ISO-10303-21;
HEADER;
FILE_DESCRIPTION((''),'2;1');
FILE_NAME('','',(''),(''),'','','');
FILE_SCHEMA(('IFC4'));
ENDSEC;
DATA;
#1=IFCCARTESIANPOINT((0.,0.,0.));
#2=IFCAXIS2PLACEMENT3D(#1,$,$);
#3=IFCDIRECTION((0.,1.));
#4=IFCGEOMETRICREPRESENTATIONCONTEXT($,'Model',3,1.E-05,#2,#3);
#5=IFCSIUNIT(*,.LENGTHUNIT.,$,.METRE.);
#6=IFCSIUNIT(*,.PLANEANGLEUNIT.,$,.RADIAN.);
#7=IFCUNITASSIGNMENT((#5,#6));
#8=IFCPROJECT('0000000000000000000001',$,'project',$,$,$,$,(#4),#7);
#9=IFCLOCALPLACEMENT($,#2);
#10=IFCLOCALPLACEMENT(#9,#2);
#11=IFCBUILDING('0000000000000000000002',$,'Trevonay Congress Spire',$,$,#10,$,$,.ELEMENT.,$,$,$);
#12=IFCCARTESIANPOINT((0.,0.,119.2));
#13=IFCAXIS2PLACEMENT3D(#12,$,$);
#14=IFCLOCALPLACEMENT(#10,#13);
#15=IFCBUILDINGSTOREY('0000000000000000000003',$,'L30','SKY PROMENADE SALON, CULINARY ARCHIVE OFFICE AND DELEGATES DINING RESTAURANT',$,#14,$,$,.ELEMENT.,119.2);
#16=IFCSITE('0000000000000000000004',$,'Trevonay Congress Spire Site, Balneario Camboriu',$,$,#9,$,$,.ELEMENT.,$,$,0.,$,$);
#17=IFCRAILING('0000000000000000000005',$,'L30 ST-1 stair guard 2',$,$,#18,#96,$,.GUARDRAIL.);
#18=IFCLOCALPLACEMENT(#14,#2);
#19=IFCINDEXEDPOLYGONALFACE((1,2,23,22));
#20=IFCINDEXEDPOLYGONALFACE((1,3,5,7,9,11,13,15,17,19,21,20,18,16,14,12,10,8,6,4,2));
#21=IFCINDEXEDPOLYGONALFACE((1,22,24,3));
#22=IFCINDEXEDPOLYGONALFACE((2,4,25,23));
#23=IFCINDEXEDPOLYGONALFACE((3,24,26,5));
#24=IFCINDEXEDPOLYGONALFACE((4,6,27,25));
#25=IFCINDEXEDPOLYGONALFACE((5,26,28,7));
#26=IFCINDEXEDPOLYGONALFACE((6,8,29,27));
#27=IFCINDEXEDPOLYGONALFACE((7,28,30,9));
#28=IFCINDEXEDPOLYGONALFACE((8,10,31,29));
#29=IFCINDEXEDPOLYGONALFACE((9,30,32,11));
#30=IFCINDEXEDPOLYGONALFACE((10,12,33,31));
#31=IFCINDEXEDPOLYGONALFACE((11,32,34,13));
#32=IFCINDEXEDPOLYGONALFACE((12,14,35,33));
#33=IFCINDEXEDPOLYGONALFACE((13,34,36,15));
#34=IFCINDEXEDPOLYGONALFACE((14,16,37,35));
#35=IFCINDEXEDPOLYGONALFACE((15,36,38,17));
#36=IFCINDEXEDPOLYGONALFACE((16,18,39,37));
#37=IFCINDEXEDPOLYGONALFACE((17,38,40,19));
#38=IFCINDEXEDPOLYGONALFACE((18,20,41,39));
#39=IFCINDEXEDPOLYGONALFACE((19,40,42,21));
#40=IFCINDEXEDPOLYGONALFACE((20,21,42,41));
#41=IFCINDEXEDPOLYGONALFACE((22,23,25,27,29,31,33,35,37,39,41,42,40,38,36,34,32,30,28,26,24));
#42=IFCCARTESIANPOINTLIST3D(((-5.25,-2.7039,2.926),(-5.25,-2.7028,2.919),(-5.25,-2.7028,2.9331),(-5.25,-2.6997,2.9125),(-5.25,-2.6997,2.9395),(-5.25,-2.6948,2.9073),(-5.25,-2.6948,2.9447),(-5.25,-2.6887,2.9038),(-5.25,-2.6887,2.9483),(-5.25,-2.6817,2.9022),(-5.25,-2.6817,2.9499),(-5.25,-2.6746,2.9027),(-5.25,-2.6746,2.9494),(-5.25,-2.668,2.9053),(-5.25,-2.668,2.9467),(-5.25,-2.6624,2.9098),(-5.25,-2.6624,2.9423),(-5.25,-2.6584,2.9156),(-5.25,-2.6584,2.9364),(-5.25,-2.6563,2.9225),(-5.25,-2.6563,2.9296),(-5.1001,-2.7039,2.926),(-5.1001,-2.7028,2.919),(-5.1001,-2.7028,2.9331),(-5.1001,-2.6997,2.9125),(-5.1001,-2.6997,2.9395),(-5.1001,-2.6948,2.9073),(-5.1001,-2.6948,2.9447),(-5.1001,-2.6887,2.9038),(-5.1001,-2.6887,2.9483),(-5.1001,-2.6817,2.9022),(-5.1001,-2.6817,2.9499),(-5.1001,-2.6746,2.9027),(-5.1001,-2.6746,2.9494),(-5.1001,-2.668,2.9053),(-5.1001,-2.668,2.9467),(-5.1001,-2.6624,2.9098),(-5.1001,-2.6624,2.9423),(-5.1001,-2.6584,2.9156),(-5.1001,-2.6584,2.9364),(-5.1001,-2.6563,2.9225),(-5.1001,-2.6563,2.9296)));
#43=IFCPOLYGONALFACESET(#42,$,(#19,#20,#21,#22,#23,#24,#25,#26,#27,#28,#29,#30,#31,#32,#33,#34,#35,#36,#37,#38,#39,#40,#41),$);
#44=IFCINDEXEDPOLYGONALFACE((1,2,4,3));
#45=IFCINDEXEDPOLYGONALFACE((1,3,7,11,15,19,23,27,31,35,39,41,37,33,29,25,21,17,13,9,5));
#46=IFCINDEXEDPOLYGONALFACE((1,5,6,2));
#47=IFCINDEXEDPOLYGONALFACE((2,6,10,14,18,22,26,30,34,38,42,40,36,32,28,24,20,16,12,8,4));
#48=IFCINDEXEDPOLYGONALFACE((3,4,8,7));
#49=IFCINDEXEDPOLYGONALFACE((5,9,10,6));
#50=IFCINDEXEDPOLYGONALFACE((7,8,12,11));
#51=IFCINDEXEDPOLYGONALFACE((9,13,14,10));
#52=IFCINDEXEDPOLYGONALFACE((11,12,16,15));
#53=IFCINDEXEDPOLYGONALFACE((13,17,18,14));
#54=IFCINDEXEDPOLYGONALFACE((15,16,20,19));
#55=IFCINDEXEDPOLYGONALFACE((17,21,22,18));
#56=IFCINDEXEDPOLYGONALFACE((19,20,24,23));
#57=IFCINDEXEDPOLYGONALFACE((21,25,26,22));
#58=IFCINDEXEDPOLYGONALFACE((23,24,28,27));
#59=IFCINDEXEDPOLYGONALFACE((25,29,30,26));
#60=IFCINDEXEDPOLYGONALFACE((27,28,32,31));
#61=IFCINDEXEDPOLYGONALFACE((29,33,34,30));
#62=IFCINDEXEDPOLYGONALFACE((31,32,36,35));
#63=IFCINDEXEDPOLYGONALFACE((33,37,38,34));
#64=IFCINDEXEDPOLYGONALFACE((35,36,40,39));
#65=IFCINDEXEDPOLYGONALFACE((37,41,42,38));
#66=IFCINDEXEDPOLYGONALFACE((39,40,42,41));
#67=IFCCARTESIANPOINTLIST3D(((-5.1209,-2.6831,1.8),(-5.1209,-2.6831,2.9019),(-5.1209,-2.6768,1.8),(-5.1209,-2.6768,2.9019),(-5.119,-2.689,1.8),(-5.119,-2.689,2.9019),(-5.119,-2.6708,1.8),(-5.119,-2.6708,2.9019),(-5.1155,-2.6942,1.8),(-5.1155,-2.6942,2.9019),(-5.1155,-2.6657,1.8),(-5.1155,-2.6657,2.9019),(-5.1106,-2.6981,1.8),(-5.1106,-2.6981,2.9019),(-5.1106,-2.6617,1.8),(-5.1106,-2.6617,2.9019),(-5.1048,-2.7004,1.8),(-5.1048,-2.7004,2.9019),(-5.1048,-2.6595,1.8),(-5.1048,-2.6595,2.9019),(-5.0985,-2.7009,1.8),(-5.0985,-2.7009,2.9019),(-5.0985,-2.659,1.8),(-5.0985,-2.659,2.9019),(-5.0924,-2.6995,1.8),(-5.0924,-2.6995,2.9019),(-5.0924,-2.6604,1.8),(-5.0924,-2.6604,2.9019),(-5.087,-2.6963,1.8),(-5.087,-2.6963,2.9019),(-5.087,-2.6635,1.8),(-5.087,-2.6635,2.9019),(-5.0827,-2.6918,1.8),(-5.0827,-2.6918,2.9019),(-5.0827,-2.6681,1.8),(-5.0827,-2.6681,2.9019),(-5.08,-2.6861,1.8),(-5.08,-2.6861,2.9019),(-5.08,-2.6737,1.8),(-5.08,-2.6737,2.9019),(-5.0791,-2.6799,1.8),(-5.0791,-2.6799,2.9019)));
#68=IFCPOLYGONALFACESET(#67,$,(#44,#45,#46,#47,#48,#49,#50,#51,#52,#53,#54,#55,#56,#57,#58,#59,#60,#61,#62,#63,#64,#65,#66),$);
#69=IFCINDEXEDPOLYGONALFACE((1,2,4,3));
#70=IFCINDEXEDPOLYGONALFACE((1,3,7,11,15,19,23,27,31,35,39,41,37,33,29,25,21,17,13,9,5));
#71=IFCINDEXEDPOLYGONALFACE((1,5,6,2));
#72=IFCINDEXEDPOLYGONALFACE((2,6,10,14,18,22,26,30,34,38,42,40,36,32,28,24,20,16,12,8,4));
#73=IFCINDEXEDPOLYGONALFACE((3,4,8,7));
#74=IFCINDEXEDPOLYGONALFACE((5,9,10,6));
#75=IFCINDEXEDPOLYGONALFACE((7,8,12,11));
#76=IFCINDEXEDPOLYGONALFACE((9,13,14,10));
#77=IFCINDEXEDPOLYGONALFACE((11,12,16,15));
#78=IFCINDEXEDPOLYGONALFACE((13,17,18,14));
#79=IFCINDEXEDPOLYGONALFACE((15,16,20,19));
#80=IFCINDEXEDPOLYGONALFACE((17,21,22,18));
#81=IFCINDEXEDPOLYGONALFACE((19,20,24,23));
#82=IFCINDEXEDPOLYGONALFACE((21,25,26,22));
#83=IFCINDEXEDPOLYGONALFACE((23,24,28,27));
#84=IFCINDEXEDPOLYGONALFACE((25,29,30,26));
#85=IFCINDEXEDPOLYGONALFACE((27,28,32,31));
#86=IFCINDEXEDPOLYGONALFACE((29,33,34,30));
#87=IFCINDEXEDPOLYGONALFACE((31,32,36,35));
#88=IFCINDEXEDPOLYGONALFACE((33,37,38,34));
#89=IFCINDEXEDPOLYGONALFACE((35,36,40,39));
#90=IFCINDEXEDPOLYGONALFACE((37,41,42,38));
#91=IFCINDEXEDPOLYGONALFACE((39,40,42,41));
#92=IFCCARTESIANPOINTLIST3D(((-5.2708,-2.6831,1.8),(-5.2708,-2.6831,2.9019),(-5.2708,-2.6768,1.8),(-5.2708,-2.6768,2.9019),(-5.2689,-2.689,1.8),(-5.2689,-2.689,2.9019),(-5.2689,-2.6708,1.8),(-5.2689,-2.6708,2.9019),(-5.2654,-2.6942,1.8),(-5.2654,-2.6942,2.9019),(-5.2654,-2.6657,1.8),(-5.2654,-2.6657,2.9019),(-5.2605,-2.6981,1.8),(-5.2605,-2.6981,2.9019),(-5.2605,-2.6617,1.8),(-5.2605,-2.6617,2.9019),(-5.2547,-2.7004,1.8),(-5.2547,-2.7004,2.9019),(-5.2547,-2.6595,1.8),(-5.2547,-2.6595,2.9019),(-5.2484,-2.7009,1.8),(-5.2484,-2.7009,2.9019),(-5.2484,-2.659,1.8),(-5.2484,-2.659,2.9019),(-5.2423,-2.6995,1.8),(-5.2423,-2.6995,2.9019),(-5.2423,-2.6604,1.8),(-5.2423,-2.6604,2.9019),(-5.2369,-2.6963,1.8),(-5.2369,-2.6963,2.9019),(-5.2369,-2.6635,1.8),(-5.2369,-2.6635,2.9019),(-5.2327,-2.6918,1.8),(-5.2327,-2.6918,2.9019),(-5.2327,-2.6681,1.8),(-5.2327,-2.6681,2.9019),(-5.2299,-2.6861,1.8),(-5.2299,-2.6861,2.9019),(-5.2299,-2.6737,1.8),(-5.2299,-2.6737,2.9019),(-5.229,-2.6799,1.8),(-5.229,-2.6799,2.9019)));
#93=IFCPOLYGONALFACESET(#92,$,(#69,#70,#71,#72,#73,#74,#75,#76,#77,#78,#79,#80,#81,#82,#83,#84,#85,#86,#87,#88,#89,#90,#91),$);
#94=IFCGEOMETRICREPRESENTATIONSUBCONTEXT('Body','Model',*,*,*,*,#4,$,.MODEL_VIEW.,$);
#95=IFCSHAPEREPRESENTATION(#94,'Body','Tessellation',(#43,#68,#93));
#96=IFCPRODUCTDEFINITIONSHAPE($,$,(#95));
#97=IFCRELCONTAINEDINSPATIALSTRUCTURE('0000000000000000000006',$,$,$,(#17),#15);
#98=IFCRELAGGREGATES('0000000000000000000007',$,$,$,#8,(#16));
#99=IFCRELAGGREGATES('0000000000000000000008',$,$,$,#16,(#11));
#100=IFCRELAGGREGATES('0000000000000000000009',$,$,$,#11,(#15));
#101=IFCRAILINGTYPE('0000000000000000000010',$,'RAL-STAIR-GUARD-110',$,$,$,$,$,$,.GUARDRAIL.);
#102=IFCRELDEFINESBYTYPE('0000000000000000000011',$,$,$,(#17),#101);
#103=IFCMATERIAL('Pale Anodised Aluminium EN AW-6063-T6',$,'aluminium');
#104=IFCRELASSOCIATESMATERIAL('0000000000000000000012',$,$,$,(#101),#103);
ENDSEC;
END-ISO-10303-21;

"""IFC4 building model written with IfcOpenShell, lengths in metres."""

from ifc_helpers import new_model, si_unit, direction, frame, origin, origin_2d, place, context, subcontext, project, spatial, circle, extrude, material, type_object, element, save


model = new_model("IFC4")

# Units and contexts
model_context = context("Model", 3, precision=1e-05, world=origin(), true_north=direction((0.0, 1.0)))
body_context = subcontext(model_context, "Body", "Model", "MODEL_VIEW")
ifc_project = project(units=[si_unit("LENGTHUNIT", "METRE"), si_unit("PLANEANGLEUNIT", "RADIAN")], contexts=[model_context])

# Site, building, storey
site_placement = place(None, origin())
site = spatial("IfcSite", under=ifc_project, at=site_placement, Name="Trevonay Congress Spire Site, Balneario Camboriu", CompositionType="ELEMENT", RefElevation=0.0)
building_placement = place(site_placement, origin())
building = spatial("IfcBuilding", under=site, at=building_placement, Name="Trevonay Congress Spire", CompositionType="ELEMENT")
storey_placement = place(building_placement, frame((0.0, 0.0, 119.2)))
storey = spatial("IfcBuildingStorey", under=building, at=storey_placement, Name="L30", Description="SKY PROMENADE SALON, CULINARY ARCHIVE OFFICE AND DELEGATES DINING RESTAURANT", CompositionType="ELEMENT", Elevation=119.2)

# Shared definitions
ifc_material_1 = material(Name="Pale Anodised Aluminium EN AW-6063-T6", Category="aluminium")

# Railing
railing_type_1 = type_object("IfcRailingType", Name="RAL-STAIR-GUARD-110", PredefinedType="GUARDRAIL", material=ifc_material_1)
railing_1_placement = place(storey_placement, frame((-5.1001, -2.6799, 1.8)))
element("IfcRailing", 1, at=railing_1_placement, inside=storey, type_object=railing_type_1, Name="L30 ST-1 stair guard 2", PredefinedType="GUARDRAIL", context=body_context, shape_type="SweptSolid", body=[
    extrude(circle(Radius=0.0239, at=origin_2d()), frame((0.0, 0.0, 1.126), z_axis=(-1.0, 0.0, 0.0), x_axis=(0.0, -1.0, 0.0)), (0.0, 0.0, 1.0), 0.1499),
    extrude(circle(Radius=0.021, at=origin_2d()), origin(), (0.0, 0.0, 1.0), 1.1018),
    extrude(circle(Radius=0.021, at=origin_2d()), frame((-0.1499, 0.0, 0.0)), (0.0, 0.0, 1.0), 1.1018),
])

save(model, "model.ifc")
